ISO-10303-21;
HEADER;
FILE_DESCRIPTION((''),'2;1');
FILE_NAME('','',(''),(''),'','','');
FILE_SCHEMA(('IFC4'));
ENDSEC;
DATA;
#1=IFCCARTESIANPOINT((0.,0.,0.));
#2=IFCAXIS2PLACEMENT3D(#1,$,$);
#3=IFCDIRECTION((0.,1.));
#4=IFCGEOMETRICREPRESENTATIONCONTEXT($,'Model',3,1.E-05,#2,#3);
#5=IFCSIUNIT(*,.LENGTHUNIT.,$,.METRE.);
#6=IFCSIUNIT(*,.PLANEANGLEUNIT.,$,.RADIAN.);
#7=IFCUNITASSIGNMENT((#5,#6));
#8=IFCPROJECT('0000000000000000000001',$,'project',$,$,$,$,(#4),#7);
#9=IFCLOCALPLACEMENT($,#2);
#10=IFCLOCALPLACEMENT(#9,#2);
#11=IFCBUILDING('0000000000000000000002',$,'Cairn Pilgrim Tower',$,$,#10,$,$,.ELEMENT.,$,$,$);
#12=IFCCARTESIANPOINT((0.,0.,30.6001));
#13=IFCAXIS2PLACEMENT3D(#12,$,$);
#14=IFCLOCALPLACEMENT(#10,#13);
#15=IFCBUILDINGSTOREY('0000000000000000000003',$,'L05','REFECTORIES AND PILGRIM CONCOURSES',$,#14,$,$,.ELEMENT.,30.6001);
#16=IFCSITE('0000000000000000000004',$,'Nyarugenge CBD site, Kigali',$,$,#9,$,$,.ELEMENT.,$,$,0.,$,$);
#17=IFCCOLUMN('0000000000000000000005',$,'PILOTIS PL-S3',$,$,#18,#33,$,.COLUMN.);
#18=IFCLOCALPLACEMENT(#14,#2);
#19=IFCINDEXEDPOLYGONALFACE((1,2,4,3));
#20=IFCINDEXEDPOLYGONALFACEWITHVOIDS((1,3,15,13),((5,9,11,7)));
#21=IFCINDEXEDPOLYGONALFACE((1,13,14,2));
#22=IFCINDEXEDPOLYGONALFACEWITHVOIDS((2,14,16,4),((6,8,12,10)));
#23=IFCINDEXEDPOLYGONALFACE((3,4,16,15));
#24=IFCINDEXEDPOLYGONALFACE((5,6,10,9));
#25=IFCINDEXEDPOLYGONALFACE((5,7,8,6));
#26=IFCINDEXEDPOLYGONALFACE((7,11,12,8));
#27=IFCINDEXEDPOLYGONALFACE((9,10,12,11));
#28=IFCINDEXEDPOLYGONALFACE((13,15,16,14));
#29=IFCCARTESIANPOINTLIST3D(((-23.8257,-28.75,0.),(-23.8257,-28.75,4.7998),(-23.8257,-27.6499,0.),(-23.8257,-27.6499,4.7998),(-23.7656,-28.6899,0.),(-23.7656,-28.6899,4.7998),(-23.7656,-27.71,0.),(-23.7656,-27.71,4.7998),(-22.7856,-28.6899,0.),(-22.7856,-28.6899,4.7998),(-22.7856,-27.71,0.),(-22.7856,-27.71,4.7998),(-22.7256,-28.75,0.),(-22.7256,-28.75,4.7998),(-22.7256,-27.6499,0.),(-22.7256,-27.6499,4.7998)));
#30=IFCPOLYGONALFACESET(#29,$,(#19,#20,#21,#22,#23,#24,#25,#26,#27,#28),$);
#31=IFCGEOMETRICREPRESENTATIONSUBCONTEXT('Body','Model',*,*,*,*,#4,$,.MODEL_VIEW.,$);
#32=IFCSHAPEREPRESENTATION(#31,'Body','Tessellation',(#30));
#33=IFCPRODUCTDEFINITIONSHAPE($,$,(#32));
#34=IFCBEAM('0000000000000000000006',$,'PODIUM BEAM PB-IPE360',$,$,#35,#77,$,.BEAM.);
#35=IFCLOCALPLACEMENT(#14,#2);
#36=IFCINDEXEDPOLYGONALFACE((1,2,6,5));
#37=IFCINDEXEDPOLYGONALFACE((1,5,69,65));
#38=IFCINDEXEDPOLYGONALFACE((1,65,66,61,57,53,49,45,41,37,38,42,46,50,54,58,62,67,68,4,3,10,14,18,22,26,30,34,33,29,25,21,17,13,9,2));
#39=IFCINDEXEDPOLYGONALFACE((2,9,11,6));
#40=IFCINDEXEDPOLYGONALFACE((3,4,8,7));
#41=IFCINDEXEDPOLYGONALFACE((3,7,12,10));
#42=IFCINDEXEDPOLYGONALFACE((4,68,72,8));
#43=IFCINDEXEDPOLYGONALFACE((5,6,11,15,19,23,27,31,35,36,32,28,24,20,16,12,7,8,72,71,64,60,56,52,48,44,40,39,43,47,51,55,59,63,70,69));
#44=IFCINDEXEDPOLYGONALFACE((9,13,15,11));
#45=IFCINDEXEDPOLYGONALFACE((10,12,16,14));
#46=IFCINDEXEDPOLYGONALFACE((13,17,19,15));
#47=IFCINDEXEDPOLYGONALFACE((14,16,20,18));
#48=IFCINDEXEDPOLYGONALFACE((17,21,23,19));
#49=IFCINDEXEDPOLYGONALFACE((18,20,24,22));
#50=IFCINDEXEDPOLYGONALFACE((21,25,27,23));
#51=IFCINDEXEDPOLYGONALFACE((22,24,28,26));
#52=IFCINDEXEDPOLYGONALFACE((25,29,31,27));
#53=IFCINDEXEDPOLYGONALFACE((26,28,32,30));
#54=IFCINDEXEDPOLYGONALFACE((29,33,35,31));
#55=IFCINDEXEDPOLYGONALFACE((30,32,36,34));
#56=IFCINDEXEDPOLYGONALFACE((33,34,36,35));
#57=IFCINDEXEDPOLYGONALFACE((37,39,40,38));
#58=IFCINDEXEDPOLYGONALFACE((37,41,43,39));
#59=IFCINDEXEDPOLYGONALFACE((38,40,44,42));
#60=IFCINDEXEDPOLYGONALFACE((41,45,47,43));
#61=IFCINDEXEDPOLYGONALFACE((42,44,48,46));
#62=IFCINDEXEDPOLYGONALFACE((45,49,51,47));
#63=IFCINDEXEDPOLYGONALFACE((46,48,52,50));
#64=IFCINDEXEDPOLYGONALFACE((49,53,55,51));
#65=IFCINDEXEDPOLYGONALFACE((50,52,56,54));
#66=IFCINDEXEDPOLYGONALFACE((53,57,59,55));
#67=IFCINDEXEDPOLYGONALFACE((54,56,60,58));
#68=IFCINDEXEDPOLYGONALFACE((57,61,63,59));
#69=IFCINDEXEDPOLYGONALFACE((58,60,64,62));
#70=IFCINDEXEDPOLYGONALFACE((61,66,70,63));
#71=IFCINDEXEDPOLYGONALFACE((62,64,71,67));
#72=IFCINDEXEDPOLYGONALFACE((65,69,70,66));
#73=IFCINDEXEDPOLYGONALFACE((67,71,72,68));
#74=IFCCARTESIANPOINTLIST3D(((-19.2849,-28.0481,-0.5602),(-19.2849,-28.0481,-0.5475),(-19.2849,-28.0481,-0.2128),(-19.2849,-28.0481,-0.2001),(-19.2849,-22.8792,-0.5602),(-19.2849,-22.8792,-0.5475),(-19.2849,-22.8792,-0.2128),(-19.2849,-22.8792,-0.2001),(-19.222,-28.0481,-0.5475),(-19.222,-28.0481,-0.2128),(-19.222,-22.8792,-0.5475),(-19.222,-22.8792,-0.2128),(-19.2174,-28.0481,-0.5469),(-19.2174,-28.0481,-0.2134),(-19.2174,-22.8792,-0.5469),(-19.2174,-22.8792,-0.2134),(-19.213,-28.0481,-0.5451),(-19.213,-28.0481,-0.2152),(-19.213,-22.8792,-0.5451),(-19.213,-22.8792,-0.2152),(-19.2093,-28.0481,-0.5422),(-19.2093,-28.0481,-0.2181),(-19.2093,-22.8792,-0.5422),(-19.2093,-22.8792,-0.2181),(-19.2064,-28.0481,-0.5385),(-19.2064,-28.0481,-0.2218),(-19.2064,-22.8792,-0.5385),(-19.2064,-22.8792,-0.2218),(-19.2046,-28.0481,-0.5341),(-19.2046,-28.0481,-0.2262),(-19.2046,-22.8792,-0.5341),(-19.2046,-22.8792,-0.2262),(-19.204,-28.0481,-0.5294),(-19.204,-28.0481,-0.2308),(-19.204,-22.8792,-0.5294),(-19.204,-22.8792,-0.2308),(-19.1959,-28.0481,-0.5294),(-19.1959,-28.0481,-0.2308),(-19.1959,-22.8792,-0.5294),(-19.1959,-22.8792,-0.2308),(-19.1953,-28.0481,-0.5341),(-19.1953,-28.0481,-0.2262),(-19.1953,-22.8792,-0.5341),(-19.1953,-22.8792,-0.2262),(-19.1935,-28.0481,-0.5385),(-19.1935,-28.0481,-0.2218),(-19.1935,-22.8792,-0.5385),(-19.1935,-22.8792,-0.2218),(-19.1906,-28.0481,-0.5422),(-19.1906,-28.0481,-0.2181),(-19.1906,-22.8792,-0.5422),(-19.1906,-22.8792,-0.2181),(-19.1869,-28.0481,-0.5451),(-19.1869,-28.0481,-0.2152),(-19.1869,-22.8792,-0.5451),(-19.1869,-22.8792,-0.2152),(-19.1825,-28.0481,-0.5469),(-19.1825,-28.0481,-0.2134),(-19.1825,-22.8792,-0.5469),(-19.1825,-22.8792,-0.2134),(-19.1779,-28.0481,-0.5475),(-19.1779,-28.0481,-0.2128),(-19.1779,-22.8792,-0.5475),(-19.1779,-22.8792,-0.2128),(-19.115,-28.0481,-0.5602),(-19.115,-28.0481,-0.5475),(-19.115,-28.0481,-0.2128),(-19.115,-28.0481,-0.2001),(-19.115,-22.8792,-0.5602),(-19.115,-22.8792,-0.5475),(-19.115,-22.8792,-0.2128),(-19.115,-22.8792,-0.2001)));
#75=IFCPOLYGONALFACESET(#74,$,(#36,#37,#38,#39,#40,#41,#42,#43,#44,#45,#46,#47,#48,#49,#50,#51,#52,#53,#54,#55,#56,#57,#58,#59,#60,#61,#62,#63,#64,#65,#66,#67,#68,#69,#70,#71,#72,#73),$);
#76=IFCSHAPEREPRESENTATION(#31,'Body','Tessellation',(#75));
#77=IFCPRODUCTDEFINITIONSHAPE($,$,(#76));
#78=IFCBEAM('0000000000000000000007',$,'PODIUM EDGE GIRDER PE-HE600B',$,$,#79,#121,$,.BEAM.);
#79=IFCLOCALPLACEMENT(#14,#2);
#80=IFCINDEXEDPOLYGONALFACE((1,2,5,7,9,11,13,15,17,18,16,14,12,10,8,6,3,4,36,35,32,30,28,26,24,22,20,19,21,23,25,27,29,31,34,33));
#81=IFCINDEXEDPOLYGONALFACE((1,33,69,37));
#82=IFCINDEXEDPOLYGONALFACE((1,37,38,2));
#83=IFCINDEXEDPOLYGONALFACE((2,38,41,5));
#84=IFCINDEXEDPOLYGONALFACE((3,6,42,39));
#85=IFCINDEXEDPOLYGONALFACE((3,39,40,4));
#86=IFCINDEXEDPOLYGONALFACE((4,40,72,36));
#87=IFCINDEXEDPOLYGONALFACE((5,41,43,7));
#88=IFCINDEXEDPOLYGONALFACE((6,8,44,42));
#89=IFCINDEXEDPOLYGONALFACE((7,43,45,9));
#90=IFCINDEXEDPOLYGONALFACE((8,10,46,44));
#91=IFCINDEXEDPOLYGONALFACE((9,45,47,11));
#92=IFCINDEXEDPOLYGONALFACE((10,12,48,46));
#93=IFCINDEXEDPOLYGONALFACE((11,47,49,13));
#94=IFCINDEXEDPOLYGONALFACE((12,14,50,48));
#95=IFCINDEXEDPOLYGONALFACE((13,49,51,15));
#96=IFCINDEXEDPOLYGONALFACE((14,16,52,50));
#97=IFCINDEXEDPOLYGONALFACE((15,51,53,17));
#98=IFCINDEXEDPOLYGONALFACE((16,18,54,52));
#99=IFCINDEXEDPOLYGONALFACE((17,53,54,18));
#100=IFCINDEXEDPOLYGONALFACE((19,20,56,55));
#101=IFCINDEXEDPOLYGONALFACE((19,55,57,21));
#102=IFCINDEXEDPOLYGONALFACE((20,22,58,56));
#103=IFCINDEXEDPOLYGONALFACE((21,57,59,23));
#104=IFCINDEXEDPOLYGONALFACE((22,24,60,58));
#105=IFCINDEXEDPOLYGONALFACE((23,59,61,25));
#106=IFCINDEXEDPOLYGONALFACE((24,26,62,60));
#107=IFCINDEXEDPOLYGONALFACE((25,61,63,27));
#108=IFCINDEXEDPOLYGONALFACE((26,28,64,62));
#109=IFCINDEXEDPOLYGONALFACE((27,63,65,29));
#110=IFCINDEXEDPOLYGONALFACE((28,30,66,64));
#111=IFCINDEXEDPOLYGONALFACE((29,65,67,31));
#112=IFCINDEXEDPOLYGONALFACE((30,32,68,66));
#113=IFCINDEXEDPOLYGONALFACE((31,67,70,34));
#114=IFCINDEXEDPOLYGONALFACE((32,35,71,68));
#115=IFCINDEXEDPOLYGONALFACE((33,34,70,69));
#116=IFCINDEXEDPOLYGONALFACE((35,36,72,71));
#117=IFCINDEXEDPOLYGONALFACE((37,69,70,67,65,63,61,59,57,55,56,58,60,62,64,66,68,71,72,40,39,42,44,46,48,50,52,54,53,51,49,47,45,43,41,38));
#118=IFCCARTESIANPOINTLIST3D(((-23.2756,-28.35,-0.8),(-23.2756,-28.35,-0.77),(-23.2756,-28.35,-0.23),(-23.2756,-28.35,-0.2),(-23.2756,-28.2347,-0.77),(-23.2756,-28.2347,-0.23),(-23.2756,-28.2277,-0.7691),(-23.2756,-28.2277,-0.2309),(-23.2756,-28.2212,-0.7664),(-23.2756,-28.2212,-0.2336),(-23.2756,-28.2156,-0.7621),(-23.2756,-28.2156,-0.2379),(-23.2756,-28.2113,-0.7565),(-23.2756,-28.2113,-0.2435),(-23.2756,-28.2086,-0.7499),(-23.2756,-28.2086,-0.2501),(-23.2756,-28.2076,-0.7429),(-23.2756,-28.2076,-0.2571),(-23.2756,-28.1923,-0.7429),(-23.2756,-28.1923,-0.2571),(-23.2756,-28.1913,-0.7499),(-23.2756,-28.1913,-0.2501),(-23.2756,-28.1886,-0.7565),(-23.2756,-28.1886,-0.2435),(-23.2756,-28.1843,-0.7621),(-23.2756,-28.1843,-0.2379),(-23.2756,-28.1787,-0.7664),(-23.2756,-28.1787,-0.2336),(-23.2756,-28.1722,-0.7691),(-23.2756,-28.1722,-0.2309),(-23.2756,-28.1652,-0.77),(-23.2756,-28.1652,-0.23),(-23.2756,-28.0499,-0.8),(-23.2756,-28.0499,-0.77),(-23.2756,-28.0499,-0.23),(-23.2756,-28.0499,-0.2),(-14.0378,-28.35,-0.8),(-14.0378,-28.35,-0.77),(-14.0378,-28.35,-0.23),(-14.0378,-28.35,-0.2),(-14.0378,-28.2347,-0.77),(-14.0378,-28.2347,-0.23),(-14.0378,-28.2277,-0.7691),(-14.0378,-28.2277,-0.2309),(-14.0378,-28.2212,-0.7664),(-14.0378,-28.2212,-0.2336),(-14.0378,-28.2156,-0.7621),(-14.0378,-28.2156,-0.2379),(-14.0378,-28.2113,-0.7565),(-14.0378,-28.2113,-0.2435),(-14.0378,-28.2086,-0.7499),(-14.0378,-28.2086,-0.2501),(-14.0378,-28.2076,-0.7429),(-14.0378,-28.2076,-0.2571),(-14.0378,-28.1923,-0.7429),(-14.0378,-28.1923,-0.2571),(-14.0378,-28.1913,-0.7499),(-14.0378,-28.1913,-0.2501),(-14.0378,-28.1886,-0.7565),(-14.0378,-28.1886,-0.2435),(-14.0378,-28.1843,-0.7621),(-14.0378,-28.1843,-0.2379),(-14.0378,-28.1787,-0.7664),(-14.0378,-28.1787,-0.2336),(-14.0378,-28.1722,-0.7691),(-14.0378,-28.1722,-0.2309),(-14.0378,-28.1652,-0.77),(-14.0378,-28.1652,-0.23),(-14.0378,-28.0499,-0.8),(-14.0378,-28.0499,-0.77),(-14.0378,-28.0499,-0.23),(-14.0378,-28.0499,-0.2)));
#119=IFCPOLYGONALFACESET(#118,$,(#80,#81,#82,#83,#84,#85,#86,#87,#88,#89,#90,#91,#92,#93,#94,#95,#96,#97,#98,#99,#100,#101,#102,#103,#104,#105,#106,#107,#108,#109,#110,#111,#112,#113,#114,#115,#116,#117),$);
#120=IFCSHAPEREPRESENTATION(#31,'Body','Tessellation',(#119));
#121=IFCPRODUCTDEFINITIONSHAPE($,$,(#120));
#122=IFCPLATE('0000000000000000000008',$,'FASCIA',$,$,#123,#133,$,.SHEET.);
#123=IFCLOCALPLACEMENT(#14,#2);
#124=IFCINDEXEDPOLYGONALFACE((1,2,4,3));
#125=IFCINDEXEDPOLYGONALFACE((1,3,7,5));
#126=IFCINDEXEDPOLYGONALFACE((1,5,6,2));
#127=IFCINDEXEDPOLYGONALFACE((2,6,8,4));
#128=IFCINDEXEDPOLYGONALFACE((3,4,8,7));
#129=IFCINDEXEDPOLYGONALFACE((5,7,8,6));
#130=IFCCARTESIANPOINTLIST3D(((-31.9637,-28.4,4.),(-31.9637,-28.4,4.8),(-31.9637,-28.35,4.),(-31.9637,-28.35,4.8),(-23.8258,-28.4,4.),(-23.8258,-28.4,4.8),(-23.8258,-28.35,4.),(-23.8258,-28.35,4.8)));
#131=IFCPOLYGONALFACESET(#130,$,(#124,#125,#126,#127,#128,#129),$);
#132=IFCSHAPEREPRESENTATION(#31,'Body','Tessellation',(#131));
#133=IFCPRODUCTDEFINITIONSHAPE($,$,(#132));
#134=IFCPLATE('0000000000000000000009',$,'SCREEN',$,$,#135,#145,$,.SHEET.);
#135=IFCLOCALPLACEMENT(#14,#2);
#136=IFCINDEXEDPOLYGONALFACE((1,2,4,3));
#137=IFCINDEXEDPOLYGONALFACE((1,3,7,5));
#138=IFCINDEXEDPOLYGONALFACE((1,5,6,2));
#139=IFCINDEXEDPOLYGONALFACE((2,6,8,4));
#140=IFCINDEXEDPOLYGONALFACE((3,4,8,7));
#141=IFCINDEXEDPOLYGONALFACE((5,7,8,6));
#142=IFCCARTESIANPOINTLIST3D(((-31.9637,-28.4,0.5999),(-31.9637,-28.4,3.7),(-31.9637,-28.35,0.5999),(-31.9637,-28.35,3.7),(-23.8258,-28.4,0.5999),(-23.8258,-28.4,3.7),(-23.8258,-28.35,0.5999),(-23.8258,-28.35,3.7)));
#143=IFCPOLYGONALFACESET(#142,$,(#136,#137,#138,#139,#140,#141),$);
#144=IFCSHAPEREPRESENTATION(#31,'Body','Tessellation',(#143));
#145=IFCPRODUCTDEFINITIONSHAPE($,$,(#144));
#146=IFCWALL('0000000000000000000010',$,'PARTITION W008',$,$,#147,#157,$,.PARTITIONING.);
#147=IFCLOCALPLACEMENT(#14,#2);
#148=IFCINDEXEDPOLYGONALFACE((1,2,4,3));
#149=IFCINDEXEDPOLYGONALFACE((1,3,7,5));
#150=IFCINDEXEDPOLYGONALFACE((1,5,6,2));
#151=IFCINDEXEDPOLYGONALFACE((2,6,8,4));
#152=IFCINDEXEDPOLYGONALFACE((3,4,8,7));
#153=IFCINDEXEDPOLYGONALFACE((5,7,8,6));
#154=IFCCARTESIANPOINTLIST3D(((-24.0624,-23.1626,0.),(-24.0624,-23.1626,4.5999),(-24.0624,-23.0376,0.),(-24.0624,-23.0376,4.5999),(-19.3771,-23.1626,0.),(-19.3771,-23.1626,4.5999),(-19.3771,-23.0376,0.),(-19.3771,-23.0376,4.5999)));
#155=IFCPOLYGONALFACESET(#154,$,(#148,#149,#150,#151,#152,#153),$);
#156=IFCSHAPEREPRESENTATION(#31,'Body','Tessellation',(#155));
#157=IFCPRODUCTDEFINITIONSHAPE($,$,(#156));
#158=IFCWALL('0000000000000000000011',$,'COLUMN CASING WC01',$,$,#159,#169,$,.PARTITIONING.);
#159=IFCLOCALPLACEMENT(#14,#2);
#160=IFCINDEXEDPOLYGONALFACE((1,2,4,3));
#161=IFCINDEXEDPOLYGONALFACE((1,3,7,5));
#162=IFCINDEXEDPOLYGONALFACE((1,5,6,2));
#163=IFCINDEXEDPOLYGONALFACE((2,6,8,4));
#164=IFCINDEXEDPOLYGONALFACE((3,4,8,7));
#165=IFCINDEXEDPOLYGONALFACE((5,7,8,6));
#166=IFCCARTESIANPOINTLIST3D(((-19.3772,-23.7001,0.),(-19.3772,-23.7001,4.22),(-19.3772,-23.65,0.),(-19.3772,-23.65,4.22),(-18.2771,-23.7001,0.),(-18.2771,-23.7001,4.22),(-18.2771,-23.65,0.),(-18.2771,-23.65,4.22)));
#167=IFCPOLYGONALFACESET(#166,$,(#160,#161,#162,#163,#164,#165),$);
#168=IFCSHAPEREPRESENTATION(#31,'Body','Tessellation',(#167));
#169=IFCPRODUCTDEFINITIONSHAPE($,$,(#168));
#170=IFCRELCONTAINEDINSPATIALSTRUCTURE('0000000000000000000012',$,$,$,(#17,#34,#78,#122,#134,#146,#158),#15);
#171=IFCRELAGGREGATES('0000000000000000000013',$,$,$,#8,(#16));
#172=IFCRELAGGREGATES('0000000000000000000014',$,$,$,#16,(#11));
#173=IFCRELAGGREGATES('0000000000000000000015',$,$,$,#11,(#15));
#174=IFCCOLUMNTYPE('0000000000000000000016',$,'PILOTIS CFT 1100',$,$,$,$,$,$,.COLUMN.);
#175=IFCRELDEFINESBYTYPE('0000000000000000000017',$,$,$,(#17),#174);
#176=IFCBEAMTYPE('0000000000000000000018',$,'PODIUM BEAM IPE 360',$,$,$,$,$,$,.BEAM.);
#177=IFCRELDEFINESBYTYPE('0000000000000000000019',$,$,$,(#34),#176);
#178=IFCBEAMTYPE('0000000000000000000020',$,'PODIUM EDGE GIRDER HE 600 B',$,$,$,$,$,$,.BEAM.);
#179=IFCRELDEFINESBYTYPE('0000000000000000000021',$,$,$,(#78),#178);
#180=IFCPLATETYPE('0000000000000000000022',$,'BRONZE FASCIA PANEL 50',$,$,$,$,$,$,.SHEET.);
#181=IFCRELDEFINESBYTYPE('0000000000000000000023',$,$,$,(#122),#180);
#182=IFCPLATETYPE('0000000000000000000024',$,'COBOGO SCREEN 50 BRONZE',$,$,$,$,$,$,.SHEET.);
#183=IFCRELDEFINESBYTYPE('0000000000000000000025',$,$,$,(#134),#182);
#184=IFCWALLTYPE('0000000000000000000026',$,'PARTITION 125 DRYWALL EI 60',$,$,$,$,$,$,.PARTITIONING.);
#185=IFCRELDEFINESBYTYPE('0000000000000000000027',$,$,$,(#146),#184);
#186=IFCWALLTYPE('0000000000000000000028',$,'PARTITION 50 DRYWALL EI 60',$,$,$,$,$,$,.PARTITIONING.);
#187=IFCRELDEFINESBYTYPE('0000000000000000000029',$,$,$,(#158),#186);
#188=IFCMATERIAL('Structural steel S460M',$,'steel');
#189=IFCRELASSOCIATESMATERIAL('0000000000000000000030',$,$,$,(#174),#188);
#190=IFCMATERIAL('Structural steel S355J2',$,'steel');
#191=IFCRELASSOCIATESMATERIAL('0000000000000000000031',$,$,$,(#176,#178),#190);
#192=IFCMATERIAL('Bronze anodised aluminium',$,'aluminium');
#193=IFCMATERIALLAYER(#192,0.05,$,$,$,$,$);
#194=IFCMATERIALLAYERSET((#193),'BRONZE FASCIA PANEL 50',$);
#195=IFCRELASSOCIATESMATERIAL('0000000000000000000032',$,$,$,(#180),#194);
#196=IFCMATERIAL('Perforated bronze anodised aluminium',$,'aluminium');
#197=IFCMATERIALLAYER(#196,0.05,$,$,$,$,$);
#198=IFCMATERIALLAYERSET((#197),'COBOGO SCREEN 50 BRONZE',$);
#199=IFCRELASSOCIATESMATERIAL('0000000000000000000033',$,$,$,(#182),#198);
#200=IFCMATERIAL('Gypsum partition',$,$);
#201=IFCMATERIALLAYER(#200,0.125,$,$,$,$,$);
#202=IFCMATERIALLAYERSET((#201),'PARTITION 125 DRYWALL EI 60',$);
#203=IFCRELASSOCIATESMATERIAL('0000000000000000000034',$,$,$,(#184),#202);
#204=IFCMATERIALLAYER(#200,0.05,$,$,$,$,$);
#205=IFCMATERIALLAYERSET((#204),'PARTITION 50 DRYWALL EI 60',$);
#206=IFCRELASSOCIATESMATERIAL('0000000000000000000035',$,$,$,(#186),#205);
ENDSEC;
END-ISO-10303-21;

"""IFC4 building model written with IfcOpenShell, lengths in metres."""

from ifc_helpers import new_model, si_unit, direction, frame, frame_2d, origin, origin_2d, place, context, subcontext, project, spatial, rectangle, hollow_rectangle, i_section, extrude, material, layer, layer_set, material_profile, profile_set, type_object, element, save


model = new_model("IFC4")

# Units and contexts
model_context = context("Model", 3, precision=1e-05, world=origin(), true_north=direction((0.0, 1.0)))
body_context = subcontext(model_context, "Body", "Model", "MODEL_VIEW")
ifc_project = project(units=[si_unit("LENGTHUNIT", "METRE"), si_unit("PLANEANGLEUNIT", "RADIAN")], contexts=[model_context])

# Site, building, storey
site_placement = place(None, origin())
site = spatial("IfcSite", under=ifc_project, at=site_placement, Name="Nyarugenge CBD site, Kigali", CompositionType="ELEMENT", RefElevation=0.0)
building_placement = place(site_placement, origin())
building = spatial("IfcBuilding", under=site, at=building_placement, Name="Cairn Pilgrim Tower", CompositionType="ELEMENT")
storey_placement = place(building_placement, frame((0.0, 0.0, 30.6001)))
storey = spatial("IfcBuildingStorey", under=building, at=storey_placement, Name="L05", Description="REFECTORIES AND PILGRIM CONCOURSES", CompositionType="ELEMENT", Elevation=30.6001)

# Column
ifc_material_1 = material(Name="Structural steel S460M", Category="steel")
ifc_material_profile_1 = material_profile(ifc_material_1, hollow_rectangle(XDim=1.1001, YDim=1.1001, WallThickness=0.0601, at=origin_2d()), Name="BOX 1100x1100x60")
ifc_profile_set_1 = profile_set([ifc_material_profile_1], Name="Structural steel S460M")
column_type = type_object("IfcColumnType", Name="PILOTIS CFT 1100", PredefinedType="COLUMN", material=ifc_profile_set_1)
column_placement = place(storey_placement, frame((-23.2756, -28.2, 0.0), z_axis=(0.0, 0.0, 1.0), x_axis=(1.0, 0.0, 0.0)))
element("IfcColumn", 1, at=column_placement, inside=storey, type_object=column_type, Name="PILOTIS PL-S3", PredefinedType="COLUMN", context=body_context, shape_type="SweptSolid", body=[
    extrude(hollow_rectangle(XDim=1.1001, YDim=1.1001, WallThickness=0.0601, at=origin_2d()), origin(), (0.0, 0.0, 1.0), 4.7998),
])

# Beams
ifc_material_2 = material(Name="Structural steel S355J2", Category="steel")
ifc_material_profile_2 = material_profile(ifc_material_2, i_section(OverallWidth=0.1699, OverallDepth=0.3601, WebThickness=0.0081, FlangeThickness=0.0127, FilletRadius=0.0181, at=origin_2d()), Name="IPE 360")
ifc_profile_set_2 = profile_set([ifc_material_profile_2], Name="Structural steel S355J2")
beam_type_1 = type_object("IfcBeamType", Name="PODIUM BEAM IPE 360", PredefinedType="BEAM", material=ifc_profile_set_2)
beam_1_placement = place(storey_placement, frame((-19.2, -28.0481, -0.3801), z_axis=(0.0, 1.0, 0.0), x_axis=(-1.0, 0.0, 0.0)))
element("IfcBeam", 2, at=beam_1_placement, inside=storey, type_object=beam_type_1, Name="PODIUM BEAM PB-IPE360", PredefinedType="BEAM", context=body_context, shape_type="SweptSolid", body=[
    extrude(i_section(OverallWidth=0.1699, OverallDepth=0.3601, WebThickness=0.0081, FlangeThickness=0.0127, FilletRadius=0.0181, at=origin_2d()), origin(), (0.0, 0.0, 1.0), 5.1689),
])
ifc_material_profile_3 = material_profile(ifc_material_2, i_section(OverallWidth=0.3, OverallDepth=0.6001, WebThickness=0.0154, FlangeThickness=0.03, FilletRadius=0.0271, at=origin_2d()), Name="HEB 600")
ifc_profile_set_3 = profile_set([ifc_material_profile_3], Name="Structural steel S355J2")
beam_type_2 = type_object("IfcBeamType", Name="PODIUM EDGE GIRDER HE 600 B", PredefinedType="BEAM", material=ifc_profile_set_3)
beam_2_placement = place(storey_placement, frame((-23.2756, -28.2, -0.5), z_axis=(1.0, 0.0, 0.0), x_axis=(0.0, 1.0, 0.0)))
element("IfcBeam", 3, at=beam_2_placement, inside=storey, type_object=beam_type_2, Name="PODIUM EDGE GIRDER PE-HE600B", PredefinedType="BEAM", context=body_context, shape_type="SweptSolid", body=[
    extrude(i_section(OverallWidth=0.3, OverallDepth=0.6001, WebThickness=0.0154, FlangeThickness=0.03, FilletRadius=0.0271, at=origin_2d()), origin(), (0.0, 0.0, 1.0), 9.2378),
])

# Plates
ifc_material_3 = material(Name="Bronze anodised aluminium", Category="aluminium")
ifc_layer_1 = layer(ifc_material_3, 0.05)
ifc_layer_set_1 = layer_set([ifc_layer_1], Name="BRONZE FASCIA PANEL 50")
plate_type_1 = type_object("IfcPlateType", Name="BRONZE FASCIA PANEL 50", PredefinedType="SHEET", material=ifc_layer_set_1)
plate_1_placement = place(storey_placement, frame((-27.8948, -28.375, 4.0), z_axis=(0.0, 0.0, 1.0), x_axis=(1.0, 0.0, 0.0)))
element("IfcPlate", 4, at=plate_1_placement, inside=storey, type_object=plate_type_1, Name="FASCIA", PredefinedType="SHEET", context=body_context, shape_type="SweptSolid", body=[
    extrude(rectangle(XDim=8.1379, YDim=0.05, at=origin_2d()), origin(), (0.0, 0.0, 1.0), 0.8),
])
ifc_material_4 = material(Name="Perforated bronze anodised aluminium", Category="aluminium")
ifc_layer_2 = layer(ifc_material_4, 0.05)
ifc_layer_set_2 = layer_set([ifc_layer_2], Name="COBOGO SCREEN 50 BRONZE")
plate_type_2 = type_object("IfcPlateType", Name="COBOGO SCREEN 50 BRONZE", PredefinedType="SHEET", material=ifc_layer_set_2)
plate_2_placement = place(storey_placement, frame((-27.8948, -28.375, 0.5999), z_axis=(0.0, 0.0, 1.0), x_axis=(1.0, 0.0, 0.0)))
element("IfcPlate", 5, at=plate_2_placement, inside=storey, type_object=plate_type_2, Name="SCREEN", PredefinedType="SHEET", context=body_context, shape_type="SweptSolid", body=[
    extrude(rectangle(XDim=8.1379, YDim=0.05, at=origin_2d()), origin(), (0.0, 0.0, 1.0), 3.1001),
])

# Shared definitions
ifc_material_5 = material(Name="Gypsum partition")
ifc_layer_3 = layer(ifc_material_5, 0.125)
ifc_layer_set_3 = layer_set([ifc_layer_3], Name="PARTITION 125 DRYWALL EI 60")
wall_type_1 = type_object("IfcWallType", Name="PARTITION 125 DRYWALL EI 60", PredefinedType="PARTITIONING", material=ifc_layer_set_3)

# Walls
wall_1_placement = place(storey_placement, frame((-24.0625, -23.1001, 0.0), z_axis=(0.0, 0.0, 1.0), x_axis=(1.0, 0.0, 0.0)))
element("IfcWall", 6, at=wall_1_placement, inside=storey, type_object=wall_type_1, Name="PARTITION W008", PredefinedType="PARTITIONING", context=body_context, shape_type="SweptSolid", body=[
    extrude(rectangle(XDim=4.6853, YDim=0.125, at=frame_2d((2.3428, 0.0))), origin(), (0.0, 0.0, 1.0), 4.5999),
])
ifc_layer_4 = layer(ifc_material_5, 0.05)
ifc_layer_set_4 = layer_set([ifc_layer_4], Name="PARTITION 50 DRYWALL EI 60")
wall_type_2 = type_object("IfcWallType", Name="PARTITION 50 DRYWALL EI 60", PredefinedType="PARTITIONING", material=ifc_layer_set_4)
wall_2_placement = place(storey_placement, frame((-19.3772, -23.675, 0.0), z_axis=(0.0, 0.0, 1.0), x_axis=(1.0, 0.0, 0.0)))
element("IfcWall", 7, at=wall_2_placement, inside=storey, type_object=wall_type_2, Name="COLUMN CASING WC01", PredefinedType="PARTITIONING", context=body_context, shape_type="SweptSolid", body=[
    extrude(rectangle(XDim=1.1001, YDim=0.05, at=frame_2d((0.55, 0.0))), origin(), (0.0, 0.0, 1.0), 4.22),
])

save(model, "model.ifc")
